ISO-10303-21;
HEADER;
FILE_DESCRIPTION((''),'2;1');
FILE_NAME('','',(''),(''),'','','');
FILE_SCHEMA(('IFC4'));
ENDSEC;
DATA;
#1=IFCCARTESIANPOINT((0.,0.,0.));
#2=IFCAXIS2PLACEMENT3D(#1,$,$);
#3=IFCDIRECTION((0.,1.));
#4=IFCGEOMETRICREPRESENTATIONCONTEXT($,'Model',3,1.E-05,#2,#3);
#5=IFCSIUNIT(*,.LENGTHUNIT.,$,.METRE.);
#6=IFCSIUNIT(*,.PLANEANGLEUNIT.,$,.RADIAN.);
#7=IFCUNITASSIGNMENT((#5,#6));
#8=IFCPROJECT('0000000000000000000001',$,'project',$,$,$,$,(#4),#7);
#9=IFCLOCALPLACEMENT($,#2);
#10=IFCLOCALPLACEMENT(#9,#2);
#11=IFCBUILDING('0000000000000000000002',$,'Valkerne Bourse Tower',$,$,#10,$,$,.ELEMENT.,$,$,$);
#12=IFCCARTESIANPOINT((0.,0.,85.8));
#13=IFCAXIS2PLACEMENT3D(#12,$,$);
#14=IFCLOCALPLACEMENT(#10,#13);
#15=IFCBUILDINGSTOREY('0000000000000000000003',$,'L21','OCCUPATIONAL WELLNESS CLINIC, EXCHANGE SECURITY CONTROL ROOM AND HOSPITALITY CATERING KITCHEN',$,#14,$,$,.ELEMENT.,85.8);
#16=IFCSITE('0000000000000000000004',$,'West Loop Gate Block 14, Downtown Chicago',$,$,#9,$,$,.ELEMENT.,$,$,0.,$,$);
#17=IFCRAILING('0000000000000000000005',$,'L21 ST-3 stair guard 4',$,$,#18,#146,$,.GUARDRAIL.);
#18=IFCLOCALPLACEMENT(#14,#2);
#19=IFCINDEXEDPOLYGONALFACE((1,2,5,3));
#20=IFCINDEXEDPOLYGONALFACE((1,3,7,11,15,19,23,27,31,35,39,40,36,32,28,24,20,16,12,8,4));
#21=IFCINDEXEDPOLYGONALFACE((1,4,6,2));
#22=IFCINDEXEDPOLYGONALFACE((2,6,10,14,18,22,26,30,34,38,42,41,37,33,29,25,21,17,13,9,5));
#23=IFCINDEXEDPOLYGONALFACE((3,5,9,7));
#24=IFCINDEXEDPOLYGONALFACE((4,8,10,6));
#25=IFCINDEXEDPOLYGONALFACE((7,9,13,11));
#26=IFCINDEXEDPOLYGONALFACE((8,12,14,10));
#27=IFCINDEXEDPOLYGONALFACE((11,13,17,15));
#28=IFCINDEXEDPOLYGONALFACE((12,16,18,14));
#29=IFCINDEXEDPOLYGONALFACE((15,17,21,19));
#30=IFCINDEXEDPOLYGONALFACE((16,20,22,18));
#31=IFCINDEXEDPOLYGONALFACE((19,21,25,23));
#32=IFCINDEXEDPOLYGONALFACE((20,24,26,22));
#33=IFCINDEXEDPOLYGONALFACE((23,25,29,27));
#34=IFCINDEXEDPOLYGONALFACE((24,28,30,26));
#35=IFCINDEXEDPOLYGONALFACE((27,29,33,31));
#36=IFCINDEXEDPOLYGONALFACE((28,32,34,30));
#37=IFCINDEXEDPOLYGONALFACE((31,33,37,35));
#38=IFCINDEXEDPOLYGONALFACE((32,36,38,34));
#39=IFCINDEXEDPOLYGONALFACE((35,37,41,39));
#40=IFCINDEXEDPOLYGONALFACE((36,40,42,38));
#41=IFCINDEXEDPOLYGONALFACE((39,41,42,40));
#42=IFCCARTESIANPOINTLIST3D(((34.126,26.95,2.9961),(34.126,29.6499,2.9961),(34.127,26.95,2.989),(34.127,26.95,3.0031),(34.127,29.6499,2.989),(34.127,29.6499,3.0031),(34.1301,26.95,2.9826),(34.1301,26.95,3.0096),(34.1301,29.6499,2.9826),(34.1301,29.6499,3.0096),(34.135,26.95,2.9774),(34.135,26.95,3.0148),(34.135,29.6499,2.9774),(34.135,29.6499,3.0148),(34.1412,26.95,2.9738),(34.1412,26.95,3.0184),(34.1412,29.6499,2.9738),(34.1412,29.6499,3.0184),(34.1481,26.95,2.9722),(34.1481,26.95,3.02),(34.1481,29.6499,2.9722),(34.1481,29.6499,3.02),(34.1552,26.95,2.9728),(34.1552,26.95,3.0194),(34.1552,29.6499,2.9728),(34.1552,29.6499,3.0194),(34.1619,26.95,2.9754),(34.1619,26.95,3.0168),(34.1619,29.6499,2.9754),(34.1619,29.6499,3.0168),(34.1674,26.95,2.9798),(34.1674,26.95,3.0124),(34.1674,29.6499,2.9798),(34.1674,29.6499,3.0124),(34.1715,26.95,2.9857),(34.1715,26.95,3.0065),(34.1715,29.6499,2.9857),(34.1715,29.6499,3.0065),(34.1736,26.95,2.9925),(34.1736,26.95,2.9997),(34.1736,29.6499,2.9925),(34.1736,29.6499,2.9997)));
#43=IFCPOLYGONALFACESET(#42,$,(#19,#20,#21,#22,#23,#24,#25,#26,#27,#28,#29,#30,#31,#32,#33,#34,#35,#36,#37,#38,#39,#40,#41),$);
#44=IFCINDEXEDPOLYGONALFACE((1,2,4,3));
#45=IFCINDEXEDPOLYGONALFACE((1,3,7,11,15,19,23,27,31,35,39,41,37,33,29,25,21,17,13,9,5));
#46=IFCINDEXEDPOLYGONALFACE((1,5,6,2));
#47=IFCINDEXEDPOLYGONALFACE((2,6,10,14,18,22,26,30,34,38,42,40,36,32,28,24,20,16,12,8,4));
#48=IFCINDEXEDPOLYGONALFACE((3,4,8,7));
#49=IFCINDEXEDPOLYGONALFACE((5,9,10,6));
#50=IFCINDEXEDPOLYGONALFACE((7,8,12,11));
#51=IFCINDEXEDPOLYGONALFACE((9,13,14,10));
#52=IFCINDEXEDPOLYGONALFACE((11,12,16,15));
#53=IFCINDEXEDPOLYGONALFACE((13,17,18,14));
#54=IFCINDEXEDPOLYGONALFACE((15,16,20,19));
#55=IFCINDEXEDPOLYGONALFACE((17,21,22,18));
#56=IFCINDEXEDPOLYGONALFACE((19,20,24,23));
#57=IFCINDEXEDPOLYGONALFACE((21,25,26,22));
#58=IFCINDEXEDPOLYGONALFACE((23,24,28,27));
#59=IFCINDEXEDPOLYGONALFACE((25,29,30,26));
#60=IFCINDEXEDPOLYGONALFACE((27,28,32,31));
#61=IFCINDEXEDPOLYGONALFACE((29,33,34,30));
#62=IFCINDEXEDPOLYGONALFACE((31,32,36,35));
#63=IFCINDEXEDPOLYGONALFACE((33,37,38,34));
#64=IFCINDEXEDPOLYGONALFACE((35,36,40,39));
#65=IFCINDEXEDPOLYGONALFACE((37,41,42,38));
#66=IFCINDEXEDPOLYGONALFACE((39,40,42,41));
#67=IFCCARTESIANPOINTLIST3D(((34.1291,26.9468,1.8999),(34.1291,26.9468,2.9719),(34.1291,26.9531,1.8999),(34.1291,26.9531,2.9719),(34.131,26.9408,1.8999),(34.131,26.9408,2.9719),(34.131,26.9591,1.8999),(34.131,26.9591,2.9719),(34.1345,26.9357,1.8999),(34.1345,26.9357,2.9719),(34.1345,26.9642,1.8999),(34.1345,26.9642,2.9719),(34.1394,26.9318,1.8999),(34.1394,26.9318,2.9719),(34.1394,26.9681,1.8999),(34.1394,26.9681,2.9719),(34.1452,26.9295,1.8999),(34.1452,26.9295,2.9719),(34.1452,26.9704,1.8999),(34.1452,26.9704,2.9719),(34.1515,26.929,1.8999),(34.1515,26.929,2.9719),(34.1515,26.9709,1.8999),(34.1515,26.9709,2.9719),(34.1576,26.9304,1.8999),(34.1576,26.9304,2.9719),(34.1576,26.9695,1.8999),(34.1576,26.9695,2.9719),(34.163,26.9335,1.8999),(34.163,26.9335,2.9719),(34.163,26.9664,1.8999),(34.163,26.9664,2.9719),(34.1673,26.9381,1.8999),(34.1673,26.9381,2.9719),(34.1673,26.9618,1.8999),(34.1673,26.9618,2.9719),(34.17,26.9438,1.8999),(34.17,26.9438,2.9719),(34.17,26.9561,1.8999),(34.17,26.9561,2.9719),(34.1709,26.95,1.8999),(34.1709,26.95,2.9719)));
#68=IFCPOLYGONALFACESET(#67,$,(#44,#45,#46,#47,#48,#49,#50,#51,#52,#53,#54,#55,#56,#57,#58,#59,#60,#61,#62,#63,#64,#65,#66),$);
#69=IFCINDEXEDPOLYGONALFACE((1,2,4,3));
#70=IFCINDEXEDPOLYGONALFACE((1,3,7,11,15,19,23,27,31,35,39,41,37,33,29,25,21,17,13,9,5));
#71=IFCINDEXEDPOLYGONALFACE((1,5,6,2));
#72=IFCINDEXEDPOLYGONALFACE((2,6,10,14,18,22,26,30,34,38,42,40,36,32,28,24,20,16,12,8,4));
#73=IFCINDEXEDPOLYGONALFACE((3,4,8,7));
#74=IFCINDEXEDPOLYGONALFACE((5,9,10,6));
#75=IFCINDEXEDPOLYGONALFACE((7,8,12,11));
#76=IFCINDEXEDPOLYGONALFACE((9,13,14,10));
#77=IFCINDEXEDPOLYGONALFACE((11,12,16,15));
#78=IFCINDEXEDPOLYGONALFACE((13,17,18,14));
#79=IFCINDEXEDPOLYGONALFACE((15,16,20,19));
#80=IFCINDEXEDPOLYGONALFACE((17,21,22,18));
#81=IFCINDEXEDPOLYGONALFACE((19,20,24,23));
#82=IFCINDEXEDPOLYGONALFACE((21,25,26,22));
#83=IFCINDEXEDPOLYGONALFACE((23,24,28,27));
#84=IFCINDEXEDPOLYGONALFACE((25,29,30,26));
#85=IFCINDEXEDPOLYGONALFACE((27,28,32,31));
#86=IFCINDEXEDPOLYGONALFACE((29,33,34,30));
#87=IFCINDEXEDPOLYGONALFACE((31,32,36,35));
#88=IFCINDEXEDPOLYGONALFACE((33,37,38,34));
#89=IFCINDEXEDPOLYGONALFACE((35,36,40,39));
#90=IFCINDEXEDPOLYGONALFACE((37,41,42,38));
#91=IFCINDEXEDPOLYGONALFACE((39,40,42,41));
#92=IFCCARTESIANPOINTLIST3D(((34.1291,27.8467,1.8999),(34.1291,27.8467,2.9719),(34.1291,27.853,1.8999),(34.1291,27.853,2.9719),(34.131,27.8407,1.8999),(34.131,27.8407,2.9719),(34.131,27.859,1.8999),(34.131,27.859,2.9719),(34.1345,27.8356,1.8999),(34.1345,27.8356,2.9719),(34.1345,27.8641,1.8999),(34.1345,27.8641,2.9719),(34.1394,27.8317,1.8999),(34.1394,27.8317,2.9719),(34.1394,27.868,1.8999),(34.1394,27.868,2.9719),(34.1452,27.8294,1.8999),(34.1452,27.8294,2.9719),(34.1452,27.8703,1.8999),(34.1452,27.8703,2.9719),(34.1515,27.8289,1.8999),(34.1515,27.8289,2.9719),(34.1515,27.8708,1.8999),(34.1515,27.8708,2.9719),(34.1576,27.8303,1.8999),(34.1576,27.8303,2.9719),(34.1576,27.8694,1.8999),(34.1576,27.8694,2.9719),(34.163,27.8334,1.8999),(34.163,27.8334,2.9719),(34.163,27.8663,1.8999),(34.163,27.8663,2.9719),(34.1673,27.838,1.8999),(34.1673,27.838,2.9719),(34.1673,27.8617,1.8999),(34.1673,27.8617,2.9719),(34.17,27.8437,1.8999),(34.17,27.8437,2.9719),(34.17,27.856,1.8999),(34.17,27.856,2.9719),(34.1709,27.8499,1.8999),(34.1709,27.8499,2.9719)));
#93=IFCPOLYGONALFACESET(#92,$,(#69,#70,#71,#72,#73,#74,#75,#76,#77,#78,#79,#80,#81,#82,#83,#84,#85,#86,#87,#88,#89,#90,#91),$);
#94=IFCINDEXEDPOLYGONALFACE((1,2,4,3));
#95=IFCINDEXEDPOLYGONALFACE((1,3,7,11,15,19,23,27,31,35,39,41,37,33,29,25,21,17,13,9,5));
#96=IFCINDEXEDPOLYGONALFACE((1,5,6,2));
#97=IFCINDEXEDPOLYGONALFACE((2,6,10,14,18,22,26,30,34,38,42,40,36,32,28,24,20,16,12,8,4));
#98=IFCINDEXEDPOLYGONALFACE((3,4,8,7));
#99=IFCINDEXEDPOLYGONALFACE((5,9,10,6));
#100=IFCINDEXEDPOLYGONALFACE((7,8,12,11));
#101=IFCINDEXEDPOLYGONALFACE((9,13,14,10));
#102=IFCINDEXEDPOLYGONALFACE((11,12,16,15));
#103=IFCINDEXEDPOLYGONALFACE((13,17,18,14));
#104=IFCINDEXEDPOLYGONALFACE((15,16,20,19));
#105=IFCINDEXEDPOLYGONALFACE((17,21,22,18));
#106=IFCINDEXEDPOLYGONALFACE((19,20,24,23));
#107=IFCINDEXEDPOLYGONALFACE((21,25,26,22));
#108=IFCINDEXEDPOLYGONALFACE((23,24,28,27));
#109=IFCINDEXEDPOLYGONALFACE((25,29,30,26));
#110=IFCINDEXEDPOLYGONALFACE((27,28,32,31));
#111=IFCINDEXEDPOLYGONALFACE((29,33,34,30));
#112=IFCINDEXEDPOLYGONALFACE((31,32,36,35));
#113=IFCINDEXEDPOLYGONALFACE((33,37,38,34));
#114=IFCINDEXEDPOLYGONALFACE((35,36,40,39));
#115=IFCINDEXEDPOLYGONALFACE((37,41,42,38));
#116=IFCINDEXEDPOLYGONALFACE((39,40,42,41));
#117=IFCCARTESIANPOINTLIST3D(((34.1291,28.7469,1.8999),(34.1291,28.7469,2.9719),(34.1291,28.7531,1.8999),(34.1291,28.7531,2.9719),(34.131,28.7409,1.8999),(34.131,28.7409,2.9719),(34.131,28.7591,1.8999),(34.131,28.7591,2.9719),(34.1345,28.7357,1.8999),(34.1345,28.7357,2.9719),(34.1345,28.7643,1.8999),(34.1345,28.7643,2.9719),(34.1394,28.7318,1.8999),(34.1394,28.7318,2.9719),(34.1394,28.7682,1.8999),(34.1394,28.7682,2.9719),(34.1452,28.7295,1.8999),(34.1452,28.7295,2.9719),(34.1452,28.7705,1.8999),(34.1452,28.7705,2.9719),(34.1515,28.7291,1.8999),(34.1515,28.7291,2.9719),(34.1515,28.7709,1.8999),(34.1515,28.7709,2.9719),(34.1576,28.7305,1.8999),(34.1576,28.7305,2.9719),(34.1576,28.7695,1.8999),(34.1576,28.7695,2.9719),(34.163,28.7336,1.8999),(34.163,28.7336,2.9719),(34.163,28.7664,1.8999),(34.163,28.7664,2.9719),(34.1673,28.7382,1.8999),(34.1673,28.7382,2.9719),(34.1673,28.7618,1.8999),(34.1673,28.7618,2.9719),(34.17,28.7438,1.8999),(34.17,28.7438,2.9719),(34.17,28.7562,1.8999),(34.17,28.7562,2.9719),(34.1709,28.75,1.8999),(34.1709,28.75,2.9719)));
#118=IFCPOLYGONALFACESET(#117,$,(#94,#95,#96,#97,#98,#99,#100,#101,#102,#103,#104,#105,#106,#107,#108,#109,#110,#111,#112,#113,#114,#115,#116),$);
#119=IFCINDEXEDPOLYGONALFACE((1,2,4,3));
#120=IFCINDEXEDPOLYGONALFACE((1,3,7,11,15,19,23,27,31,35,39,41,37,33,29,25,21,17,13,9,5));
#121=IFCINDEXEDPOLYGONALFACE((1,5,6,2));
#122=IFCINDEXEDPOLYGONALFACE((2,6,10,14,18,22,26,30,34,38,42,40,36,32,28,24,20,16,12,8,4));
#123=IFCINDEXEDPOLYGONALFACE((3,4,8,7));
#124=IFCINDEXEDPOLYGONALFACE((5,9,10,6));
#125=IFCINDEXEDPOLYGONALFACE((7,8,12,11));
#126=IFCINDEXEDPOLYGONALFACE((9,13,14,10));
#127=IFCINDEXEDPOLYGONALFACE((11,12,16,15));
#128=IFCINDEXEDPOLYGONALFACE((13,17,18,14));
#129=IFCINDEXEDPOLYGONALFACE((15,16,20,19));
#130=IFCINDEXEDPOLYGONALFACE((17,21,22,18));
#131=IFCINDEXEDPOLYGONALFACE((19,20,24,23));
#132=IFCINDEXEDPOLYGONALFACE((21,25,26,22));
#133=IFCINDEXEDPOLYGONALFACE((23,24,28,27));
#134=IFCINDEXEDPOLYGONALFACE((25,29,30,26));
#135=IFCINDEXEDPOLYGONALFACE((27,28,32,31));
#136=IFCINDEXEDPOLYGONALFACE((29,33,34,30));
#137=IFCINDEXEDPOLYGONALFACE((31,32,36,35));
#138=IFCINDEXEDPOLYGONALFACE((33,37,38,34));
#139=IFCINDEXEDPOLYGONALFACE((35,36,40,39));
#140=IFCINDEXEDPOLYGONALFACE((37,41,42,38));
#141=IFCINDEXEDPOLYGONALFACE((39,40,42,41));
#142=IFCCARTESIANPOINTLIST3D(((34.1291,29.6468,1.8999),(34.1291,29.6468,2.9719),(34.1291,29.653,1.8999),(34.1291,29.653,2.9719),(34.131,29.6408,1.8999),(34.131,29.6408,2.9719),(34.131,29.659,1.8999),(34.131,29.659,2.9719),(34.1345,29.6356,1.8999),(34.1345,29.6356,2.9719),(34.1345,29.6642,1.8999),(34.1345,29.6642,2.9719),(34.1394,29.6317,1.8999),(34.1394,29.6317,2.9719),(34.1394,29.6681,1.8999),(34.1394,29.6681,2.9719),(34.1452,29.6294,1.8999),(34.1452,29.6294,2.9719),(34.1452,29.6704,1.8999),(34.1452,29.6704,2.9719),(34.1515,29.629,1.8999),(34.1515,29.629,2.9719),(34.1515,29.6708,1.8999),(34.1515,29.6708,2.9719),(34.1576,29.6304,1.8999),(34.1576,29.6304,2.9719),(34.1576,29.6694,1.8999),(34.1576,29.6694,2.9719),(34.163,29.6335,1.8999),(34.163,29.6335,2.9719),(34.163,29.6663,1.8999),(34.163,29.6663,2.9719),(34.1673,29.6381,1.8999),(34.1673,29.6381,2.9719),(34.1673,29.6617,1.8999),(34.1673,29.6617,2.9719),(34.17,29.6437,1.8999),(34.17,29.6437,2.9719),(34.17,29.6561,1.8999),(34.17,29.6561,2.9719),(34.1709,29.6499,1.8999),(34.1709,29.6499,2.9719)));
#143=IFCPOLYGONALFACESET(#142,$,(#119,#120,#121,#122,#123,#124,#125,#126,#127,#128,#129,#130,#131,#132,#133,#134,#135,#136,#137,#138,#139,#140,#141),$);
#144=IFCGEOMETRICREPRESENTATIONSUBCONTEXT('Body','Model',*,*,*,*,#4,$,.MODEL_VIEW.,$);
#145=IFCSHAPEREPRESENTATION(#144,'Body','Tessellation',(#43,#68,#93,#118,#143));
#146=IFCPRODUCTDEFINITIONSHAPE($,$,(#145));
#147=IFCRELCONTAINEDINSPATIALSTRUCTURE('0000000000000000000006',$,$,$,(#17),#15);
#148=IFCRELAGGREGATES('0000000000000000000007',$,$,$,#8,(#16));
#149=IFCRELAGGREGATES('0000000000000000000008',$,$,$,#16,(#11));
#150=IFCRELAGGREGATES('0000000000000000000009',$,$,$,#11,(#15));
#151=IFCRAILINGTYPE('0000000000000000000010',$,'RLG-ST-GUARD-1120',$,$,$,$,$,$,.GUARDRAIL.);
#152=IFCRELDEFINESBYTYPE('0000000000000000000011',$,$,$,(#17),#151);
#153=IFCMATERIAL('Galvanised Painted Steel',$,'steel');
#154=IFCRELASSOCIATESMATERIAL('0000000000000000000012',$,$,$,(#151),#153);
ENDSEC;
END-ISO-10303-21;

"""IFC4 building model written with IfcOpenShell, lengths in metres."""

from ifc_helpers import new_model, si_unit, direction, frame, origin, origin_2d, place, context, subcontext, project, spatial, circle, extrude, material, type_object, element, save


model = new_model("IFC4")

# Units and contexts
model_context = context("Model", 3, precision=1e-05, world=origin(), true_north=direction((0.0, 1.0)))
body_context = subcontext(model_context, "Body", "Model", "MODEL_VIEW")
ifc_project = project(units=[si_unit("LENGTHUNIT", "METRE"), si_unit("PLANEANGLEUNIT", "RADIAN")], contexts=[model_context])

# Site, building, storey
site_placement = place(None, origin())
site = spatial("IfcSite", under=ifc_project, at=site_placement, Name="West Loop Gate Block 14, Downtown Chicago", CompositionType="ELEMENT", RefElevation=0.0)
building_placement = place(site_placement, origin())
building = spatial("IfcBuilding", under=site, at=building_placement, Name="Valkerne Bourse Tower", CompositionType="ELEMENT")
storey_placement = place(building_placement, frame((0.0, 0.0, 85.8)))
storey = spatial("IfcBuildingStorey", under=building, at=storey_placement, Name="L21", Description="OCCUPATIONAL WELLNESS CLINIC, EXCHANGE SECURITY CONTROL ROOM AND HOSPITALITY CATERING KITCHEN", CompositionType="ELEMENT", Elevation=85.8)

# Railing
ifc_material_1 = material(Name="Galvanised Painted Steel", Category="steel")
railing_type_1 = type_object("IfcRailingType", Name="RLG-ST-GUARD-1120", PredefinedType="GUARDRAIL", material=ifc_material_1)
for number, where, name in (
    (1, (34.1499, 26.95, 1.8999), "L21 ST-3 stair guard 4"),
):
    element("IfcRailing", number, at=place(storey_placement, frame(where)), inside=storey, type_object=railing_type_1, Name=name, PredefinedType="GUARDRAIL", context=body_context, shape_type="SweptSolid", body=[
        extrude(circle(Radius=0.0239, at=origin_2d()), frame((0.0, 0.0, 1.0962), z_axis=(0.0, 1.0, 0.0), x_axis=(-1.0, 0.0, 0.0)), (0.0, 0.0, 1.0), 2.7),
        extrude(circle(Radius=0.021, at=origin_2d()), origin(), (0.0, 0.0, 1.0), 1.072),
        extrude(circle(Radius=0.021, at=origin_2d()), frame((0.0, 0.8999, 0.0)), (0.0, 0.0, 1.0), 1.072),
        extrude(circle(Radius=0.021, at=origin_2d()), frame((0.0, 1.8, 0.0)), (0.0, 0.0, 1.0), 1.072),
        extrude(circle(Radius=0.021, at=origin_2d()), frame((0.0, 2.7, 0.0)), (0.0, 0.0, 1.0), 1.072),
    ])

save(model, "model.ifc")
